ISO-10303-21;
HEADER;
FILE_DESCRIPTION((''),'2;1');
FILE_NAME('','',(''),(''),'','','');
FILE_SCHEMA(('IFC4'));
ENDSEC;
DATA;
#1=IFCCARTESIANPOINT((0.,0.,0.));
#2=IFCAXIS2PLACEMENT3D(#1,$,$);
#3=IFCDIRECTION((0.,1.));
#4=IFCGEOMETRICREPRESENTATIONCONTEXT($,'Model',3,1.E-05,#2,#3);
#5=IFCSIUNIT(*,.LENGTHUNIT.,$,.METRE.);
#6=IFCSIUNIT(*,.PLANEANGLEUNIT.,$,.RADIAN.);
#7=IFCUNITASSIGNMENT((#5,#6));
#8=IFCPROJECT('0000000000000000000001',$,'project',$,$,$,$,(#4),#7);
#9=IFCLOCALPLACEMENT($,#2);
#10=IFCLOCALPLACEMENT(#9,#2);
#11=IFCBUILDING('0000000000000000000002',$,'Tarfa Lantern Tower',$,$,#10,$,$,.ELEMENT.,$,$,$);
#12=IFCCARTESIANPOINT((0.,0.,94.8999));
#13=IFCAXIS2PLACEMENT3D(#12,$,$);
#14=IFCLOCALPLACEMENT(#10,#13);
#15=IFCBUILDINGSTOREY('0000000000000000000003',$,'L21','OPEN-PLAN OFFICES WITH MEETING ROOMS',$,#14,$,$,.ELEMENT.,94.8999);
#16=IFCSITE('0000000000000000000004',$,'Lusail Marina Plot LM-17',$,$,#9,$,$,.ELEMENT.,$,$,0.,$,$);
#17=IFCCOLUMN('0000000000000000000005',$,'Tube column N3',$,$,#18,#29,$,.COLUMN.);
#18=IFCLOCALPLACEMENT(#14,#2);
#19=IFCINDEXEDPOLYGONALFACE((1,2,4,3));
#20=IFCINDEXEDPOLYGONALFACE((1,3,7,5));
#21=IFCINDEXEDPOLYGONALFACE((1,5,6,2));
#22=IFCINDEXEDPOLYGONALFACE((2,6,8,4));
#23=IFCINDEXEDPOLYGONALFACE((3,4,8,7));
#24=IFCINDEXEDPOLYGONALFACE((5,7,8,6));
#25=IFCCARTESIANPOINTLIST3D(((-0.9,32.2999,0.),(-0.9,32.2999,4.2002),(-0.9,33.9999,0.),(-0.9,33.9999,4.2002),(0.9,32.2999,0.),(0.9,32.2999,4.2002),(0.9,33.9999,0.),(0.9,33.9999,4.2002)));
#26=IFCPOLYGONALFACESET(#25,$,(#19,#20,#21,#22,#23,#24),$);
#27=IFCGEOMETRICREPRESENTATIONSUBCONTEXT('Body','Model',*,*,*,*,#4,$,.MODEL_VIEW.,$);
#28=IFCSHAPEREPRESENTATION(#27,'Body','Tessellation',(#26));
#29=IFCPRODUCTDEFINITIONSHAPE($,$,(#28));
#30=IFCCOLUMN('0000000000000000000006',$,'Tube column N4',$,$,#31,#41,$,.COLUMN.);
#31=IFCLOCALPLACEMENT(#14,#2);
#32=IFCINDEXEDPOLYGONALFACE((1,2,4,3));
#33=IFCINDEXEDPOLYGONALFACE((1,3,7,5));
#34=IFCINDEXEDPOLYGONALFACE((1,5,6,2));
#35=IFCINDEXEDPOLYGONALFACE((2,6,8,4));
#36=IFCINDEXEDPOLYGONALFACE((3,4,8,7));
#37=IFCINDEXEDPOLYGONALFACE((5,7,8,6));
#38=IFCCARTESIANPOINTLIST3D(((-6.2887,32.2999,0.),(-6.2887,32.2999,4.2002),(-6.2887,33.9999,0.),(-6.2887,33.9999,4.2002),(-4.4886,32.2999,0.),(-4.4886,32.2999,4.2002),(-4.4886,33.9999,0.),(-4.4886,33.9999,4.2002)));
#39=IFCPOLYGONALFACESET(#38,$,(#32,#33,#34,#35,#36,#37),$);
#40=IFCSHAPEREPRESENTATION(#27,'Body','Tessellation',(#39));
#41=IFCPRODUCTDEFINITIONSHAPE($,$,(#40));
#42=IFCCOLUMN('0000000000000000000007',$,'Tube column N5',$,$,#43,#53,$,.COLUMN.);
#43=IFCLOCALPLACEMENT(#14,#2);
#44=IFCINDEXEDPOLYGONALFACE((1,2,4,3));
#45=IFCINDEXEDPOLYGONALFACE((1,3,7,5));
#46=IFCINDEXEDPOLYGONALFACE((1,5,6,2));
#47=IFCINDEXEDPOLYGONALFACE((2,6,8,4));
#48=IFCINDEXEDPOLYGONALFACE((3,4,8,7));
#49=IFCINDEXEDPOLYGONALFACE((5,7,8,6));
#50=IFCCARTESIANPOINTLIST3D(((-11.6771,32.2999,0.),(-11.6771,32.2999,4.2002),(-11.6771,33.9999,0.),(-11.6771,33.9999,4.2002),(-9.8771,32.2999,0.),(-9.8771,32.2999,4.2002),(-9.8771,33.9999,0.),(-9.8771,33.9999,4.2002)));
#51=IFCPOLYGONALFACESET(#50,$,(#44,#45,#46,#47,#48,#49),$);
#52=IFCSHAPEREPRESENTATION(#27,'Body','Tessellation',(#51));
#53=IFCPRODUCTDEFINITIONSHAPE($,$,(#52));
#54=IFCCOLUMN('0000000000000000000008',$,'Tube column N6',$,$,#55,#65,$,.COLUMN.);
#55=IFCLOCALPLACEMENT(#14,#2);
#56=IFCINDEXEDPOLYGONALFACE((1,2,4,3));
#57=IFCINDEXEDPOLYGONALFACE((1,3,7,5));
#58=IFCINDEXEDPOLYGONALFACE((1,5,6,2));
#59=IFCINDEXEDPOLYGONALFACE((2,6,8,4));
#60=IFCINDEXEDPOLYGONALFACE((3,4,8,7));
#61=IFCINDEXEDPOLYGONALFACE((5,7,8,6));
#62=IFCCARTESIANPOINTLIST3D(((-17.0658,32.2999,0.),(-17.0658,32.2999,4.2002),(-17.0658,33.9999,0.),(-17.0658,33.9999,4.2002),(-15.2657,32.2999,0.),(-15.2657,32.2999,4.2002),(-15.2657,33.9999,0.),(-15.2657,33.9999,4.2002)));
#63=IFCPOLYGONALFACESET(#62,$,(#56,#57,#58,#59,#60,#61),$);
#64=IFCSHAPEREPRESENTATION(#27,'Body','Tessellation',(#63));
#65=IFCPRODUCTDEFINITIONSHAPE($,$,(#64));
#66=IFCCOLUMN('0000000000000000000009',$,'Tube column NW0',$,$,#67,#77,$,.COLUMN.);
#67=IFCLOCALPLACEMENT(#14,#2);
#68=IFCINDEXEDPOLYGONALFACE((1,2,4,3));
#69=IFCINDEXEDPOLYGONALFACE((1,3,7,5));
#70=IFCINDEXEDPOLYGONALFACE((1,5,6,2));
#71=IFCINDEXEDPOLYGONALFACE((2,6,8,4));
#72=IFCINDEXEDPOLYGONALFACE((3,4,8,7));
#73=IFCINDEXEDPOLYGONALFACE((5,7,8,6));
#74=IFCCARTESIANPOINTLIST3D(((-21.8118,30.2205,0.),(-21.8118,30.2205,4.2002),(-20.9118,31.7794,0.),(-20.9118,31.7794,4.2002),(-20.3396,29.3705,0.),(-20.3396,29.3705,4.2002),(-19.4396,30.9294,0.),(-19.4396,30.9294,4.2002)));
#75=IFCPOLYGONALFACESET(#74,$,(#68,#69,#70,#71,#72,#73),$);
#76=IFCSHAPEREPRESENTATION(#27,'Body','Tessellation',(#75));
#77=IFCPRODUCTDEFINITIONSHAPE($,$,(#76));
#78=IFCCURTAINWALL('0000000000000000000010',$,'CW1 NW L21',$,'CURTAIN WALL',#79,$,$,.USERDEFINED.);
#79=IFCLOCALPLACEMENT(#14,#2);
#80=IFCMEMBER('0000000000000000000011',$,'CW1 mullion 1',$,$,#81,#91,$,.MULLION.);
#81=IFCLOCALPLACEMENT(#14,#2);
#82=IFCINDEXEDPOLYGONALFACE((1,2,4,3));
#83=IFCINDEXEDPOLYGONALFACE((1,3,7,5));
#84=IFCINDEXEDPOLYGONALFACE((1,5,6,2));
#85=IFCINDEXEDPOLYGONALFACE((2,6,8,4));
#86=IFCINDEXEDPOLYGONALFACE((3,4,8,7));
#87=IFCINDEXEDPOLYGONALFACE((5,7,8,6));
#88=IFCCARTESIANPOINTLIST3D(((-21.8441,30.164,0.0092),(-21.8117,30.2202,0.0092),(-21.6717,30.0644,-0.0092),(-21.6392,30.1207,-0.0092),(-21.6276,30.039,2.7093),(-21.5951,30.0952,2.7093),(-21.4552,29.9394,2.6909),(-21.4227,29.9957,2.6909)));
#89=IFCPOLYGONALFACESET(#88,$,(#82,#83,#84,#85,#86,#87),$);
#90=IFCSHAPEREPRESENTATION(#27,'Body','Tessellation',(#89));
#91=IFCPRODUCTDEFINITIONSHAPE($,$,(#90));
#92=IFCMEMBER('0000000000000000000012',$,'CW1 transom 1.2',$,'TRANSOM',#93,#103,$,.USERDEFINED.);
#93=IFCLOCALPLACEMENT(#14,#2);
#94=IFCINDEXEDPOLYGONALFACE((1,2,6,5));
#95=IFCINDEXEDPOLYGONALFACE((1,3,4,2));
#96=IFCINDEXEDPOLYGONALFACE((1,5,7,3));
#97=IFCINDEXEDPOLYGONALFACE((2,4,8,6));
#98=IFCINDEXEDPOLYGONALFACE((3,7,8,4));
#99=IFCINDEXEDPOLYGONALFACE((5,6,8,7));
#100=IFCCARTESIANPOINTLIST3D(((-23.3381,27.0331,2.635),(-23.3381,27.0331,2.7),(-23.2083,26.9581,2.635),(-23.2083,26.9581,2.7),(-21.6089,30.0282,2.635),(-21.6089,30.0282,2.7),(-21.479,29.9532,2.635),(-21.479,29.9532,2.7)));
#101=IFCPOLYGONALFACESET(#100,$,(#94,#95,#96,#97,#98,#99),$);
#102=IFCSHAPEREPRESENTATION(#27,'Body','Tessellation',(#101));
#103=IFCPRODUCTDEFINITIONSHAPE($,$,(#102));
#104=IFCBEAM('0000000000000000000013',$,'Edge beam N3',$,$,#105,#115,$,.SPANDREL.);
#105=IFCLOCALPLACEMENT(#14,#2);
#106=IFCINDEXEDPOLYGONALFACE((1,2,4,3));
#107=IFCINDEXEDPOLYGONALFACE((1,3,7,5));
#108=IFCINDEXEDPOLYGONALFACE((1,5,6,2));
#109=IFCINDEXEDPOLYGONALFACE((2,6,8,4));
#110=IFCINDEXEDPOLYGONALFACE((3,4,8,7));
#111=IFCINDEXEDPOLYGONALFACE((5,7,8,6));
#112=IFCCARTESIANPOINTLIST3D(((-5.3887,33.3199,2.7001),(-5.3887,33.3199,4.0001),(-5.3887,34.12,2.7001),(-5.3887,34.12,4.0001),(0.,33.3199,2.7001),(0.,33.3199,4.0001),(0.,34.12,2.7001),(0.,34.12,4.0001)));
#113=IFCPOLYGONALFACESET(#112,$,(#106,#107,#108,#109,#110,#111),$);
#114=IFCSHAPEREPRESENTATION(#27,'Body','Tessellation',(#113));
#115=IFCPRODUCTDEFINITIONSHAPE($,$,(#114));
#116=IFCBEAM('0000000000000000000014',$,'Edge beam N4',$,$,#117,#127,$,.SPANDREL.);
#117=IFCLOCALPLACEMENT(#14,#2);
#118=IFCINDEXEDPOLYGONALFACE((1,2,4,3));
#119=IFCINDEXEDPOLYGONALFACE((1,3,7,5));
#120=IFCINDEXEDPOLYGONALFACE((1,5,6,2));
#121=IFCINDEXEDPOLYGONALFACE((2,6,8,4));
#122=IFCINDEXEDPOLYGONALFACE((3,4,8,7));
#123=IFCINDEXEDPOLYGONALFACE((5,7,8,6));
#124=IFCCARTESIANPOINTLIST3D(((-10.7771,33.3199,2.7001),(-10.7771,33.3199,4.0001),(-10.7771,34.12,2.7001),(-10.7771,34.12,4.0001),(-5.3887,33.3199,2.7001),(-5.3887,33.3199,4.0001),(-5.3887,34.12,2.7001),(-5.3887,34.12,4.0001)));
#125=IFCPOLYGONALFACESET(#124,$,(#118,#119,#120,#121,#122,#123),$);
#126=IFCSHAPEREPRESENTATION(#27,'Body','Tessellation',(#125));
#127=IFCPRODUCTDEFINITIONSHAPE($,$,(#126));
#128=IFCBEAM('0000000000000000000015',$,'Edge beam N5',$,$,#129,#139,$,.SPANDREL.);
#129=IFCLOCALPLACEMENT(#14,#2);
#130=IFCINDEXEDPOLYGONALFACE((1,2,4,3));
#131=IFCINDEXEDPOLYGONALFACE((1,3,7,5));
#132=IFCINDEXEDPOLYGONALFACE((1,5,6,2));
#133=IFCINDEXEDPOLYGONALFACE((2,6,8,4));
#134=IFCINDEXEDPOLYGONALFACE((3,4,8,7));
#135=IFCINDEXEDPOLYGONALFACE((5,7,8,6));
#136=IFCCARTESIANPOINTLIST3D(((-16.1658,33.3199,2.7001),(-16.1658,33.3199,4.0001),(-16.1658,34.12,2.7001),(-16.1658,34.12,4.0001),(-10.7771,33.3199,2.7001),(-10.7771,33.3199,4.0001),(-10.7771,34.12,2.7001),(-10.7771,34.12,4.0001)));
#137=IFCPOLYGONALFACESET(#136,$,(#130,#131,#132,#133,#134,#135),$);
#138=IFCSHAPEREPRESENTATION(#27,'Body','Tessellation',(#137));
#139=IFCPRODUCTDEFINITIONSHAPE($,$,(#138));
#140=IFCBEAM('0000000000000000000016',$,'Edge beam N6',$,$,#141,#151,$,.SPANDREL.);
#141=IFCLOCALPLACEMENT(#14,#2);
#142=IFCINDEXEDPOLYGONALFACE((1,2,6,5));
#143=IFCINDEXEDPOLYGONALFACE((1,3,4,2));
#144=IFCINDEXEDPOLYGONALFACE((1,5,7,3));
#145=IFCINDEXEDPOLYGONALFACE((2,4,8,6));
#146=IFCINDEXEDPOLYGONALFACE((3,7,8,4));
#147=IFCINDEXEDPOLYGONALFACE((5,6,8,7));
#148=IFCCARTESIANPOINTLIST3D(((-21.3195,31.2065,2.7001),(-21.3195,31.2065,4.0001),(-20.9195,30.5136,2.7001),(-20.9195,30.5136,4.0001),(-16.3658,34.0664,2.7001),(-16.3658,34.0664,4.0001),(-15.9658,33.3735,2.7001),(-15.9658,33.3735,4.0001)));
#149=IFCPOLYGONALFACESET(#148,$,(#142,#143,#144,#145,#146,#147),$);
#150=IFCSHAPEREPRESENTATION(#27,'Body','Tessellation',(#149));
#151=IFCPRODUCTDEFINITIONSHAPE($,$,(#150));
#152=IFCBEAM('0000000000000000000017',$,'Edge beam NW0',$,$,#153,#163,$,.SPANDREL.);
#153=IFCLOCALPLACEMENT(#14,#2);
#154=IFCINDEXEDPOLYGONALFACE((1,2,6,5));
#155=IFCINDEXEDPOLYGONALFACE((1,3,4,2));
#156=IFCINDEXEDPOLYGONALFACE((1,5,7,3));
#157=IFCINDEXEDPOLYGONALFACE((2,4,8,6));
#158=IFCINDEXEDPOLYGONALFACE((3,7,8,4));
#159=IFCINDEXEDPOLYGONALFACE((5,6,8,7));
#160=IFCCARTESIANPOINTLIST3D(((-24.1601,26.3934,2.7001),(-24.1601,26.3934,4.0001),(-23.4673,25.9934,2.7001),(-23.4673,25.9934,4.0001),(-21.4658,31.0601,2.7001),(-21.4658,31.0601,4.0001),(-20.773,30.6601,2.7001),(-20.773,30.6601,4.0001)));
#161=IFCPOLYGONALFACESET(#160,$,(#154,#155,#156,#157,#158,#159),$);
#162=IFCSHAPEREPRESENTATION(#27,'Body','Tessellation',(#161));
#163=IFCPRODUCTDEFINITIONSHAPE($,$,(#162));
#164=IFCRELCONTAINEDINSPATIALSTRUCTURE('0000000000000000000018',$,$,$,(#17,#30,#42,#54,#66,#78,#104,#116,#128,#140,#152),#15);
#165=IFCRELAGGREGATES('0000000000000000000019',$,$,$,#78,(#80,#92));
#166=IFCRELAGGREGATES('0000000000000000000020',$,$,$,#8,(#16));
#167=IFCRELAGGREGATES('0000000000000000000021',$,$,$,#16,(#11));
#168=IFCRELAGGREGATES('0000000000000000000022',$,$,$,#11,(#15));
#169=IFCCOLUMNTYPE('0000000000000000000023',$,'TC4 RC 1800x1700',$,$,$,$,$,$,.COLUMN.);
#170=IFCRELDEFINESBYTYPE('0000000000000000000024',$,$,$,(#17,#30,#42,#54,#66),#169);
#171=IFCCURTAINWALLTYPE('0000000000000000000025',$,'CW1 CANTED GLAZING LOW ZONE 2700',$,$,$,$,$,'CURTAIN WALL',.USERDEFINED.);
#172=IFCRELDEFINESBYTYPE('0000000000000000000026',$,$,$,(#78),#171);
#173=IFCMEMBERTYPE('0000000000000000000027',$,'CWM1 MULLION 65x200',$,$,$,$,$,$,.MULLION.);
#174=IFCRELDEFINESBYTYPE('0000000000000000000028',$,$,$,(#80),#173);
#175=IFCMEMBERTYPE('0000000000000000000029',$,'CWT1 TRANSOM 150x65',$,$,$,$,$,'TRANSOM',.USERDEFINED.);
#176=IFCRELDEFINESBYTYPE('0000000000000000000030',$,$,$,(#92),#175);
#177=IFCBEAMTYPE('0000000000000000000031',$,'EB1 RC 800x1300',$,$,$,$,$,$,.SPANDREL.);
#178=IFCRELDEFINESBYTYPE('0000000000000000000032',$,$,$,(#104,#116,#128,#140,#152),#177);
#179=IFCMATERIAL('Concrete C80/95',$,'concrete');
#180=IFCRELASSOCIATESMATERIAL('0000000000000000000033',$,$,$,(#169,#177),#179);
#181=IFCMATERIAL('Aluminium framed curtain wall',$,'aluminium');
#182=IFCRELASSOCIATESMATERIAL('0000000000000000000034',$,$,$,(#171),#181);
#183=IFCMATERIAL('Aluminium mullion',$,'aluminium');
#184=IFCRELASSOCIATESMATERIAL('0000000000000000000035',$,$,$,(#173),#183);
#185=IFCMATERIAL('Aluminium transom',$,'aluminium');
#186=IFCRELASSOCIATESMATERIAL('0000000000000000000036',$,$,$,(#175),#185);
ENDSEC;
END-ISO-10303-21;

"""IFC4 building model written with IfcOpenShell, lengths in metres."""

from ifc_helpers import new_model, si_unit, direction, frame, origin, origin_2d, place, context, subcontext, project, spatial, rectangle, extrude, material, material_profile, profile_set, type_object, element, aggregate, save


model = new_model("IFC4")

# Units and contexts
model_context = context("Model", 3, precision=1e-05, world=origin(), true_north=direction((0.0, 1.0)))
body_context = subcontext(model_context, "Body", "Model", "MODEL_VIEW")
ifc_project = project(units=[si_unit("LENGTHUNIT", "METRE"), si_unit("PLANEANGLEUNIT", "RADIAN")], contexts=[model_context])

# Site, building, storey
site_placement = place(None, origin())
site = spatial("IfcSite", under=ifc_project, at=site_placement, Name="Lusail Marina Plot LM-17", CompositionType="ELEMENT", RefElevation=0.0)
building_placement = place(site_placement, origin())
building = spatial("IfcBuilding", under=site, at=building_placement, Name="Tarfa Lantern Tower", CompositionType="ELEMENT")
storey_placement = place(building_placement, frame((0.0, 0.0, 94.8999)))
storey = spatial("IfcBuildingStorey", under=building, at=storey_placement, Name="L21", Description="OPEN-PLAN OFFICES WITH MEETING ROOMS", CompositionType="ELEMENT", Elevation=94.8999)

# Columns
ifc_material_1 = material(Name="Concrete C80/95", Category="concrete")
ifc_material_profile_1 = material_profile(ifc_material_1, rectangle(XDim=1.8, YDim=1.7, at=origin_2d()), Name="RC 1800x1700")
ifc_profile_set_1 = profile_set([ifc_material_profile_1], Name="Concrete C80/95")
column_type = type_object("IfcColumnType", Name="TC4 RC 1800x1700", PredefinedType="COLUMN", material=ifc_profile_set_1)
for number, where, z_axis, x_axis, name in (
    (1, (0.0, 33.1499, 0.0), (0.0, 0.0, 1.0), (-1.0, 0.0, 0.0), "Tube column N3"),
    (2, (-5.3887, 33.1499, 0.0), (0.0, 0.0, 1.0), (-1.0, 0.0, 0.0), "Tube column N4"),
    (3, (-10.7771, 33.1499, 0.0), (0.0, 0.0, 1.0), (-1.0, 0.0, 0.0), "Tube column N5"),
    (4, (-16.1658, 33.1499, 0.0), (0.0, 0.0, 1.0), (-1.0, 0.0, 0.0), "Tube column N6"),
    (5, (-20.6257, 30.575, 0.0), (0.0, 0.0, 1.0), (-0.5, -0.866025, 0.0), "Tube column NW0"),
):
    element("IfcColumn", number, at=place(storey_placement, frame(where, z_axis=z_axis, x_axis=x_axis)), inside=storey, type_object=column_type, Name=name, PredefinedType="COLUMN", context=body_context, shape_type="SweptSolid", body=[
        extrude(rectangle(XDim=1.8, YDim=1.7, at=origin_2d()), origin(), (0.0, 0.0, 1.0), 4.2002),
    ])

# Curtain wall, members
ifc_material_2 = material(Name="Aluminium framed curtain wall", Category="aluminium")
curtain_wall_type = type_object("IfcCurtainWallType", Name="CW1 CANTED GLAZING LOW ZONE 2700", ElementType="CURTAIN WALL", PredefinedType="USERDEFINED", material=ifc_material_2)
curtain_wall_placement = place(storey_placement, origin())
curtain_wall = element("IfcCurtainWall", 6, at=curtain_wall_placement, inside=storey, type_object=curtain_wall_type, Name="CW1 NW L21", ObjectType="CURTAIN WALL", PredefinedType="USERDEFINED")
ifc_material_3 = material(Name="Aluminium mullion", Category="aluminium")
ifc_material_profile_2 = material_profile(ifc_material_3, rectangle(XDim=0.0649, YDim=0.2, at=origin_2d()), Name="AL MULLION 65x200")
ifc_profile_set_2 = profile_set([ifc_material_profile_2], Name="Aluminium mullion")
member_type_1 = type_object("IfcMemberType", Name="CWM1 MULLION 65x200", PredefinedType="MULLION", material=ifc_profile_set_2)
member_1_placement = place(storey_placement, frame((-21.7417, 30.1423, 0.0), z_axis=(0.079857, -0.046096, 0.99574), x_axis=(0.49992, 0.866072, 0.0)))
member_1 = element("IfcMember", 7, at=member_1_placement, type_object=member_type_1, Name="CW1 mullion 1", PredefinedType="MULLION", context=body_context, shape_type="SweptSolid", body=[
    extrude(rectangle(XDim=0.0649, YDim=0.2, at=origin_2d()), origin(), (0.0, 0.0, 1.0), 2.7117),
])
ifc_material_4 = material(Name="Aluminium transom", Category="aluminium")
ifc_material_profile_3 = material_profile(ifc_material_4, rectangle(XDim=0.1499, YDim=0.0649, at=origin_2d()), Name="AL TRANSOM 150x65")
ifc_profile_set_3 = profile_set([ifc_material_profile_3], Name="Aluminium transom")
member_type_2 = type_object("IfcMemberType", Name="CWT1 TRANSOM 150x65", ElementType="TRANSOM", PredefinedType="USERDEFINED", material=ifc_profile_set_3)
member_2_placement = place(storey_placement, frame((-21.5439, 29.9907, 2.6675), z_axis=(-0.500004, -0.866023, 0.0), x_axis=(0.866023, -0.500004, 0.0)))
member_2 = element("IfcMember", 8, at=member_2_placement, type_object=member_type_2, Name="CW1 transom 1.2", ObjectType="TRANSOM", PredefinedType="USERDEFINED", context=body_context, shape_type="SweptSolid", body=[
    extrude(rectangle(XDim=0.1499, YDim=0.0649, at=origin_2d()), origin(), (0.0, 0.0, 1.0), 3.4585),
])

# Beams
ifc_material_profile_4 = material_profile(ifc_material_1, rectangle(XDim=0.8, YDim=1.3, at=origin_2d()), Name="RC 800x1300")
ifc_profile_set_4 = profile_set([ifc_material_profile_4], Name="Concrete C80/95")
beam_type_1 = type_object("IfcBeamType", Name="EB1 RC 800x1300", PredefinedType="SPANDREL", material=ifc_profile_set_4)
beam_1_placement = place(storey_placement, frame((0.0, 33.72, 3.3501), z_axis=(-1.0, 0.0, 0.0), x_axis=(0.0, -1.0, 0.0)))
element("IfcBeam", 9, at=beam_1_placement, inside=storey, type_object=beam_type_1, Name="Edge beam N3", PredefinedType="SPANDREL", context=body_context, shape_type="SweptSolid", body=[
    extrude(rectangle(XDim=0.8, YDim=1.3, at=origin_2d()), origin(), (0.0, 0.0, 1.0), 5.3887),
])
beam_2_placement = place(storey_placement, frame((-5.3887, 33.72, 3.3501), z_axis=(-1.0, 0.0, 0.0), x_axis=(0.0, -1.0, 0.0)))
element("IfcBeam", 10, at=beam_2_placement, inside=storey, type_object=beam_type_1, Name="Edge beam N4", PredefinedType="SPANDREL", context=body_context, shape_type="SweptSolid", body=[
    extrude(rectangle(XDim=0.8, YDim=1.3, at=origin_2d()), origin(), (0.0, 0.0, 1.0), 5.3884),
])
beam_3_placement = place(storey_placement, frame((-10.7771, 33.72, 3.3501), z_axis=(-1.0, 0.0, 0.0), x_axis=(0.0, -1.0, 0.0)))
element("IfcBeam", 11, at=beam_3_placement, inside=storey, type_object=beam_type_1, Name="Edge beam N5", PredefinedType="SPANDREL", context=body_context, shape_type="SweptSolid", body=[
    extrude(rectangle(XDim=0.8, YDim=1.3, at=origin_2d()), origin(), (0.0, 0.0, 1.0), 5.3887),
])
beam_4_placement = place(storey_placement, frame((-16.1658, 33.72, 3.3501), z_axis=(-0.866033, -0.499986, 0.0), x_axis=(0.499986, -0.866033, 0.0)))
element("IfcBeam", 12, at=beam_4_placement, inside=storey, type_object=beam_type_1, Name="Edge beam N6", PredefinedType="SPANDREL", context=body_context, shape_type="SweptSolid", body=[
    extrude(rectangle(XDim=0.8, YDim=1.3, at=origin_2d()), origin(), (0.0, 0.0, 1.0), 5.72),
])
beam_5_placement = place(storey_placement, frame((-21.1194, 30.8601, 3.3501), z_axis=(-0.499998, -0.866026, 0.0), x_axis=(0.866026, -0.499998, 0.0)))
element("IfcBeam", 13, at=beam_5_placement, inside=storey, type_object=beam_type_1, Name="Edge beam NW0", PredefinedType="SPANDREL", context=body_context, shape_type="SweptSolid", body=[
    extrude(rectangle(XDim=0.8, YDim=1.3, at=origin_2d()), origin(), (0.0, 0.0, 1.0), 5.3887),
])

aggregate(curtain_wall, [member_1, member_2])

save(model, "model.ifc")
